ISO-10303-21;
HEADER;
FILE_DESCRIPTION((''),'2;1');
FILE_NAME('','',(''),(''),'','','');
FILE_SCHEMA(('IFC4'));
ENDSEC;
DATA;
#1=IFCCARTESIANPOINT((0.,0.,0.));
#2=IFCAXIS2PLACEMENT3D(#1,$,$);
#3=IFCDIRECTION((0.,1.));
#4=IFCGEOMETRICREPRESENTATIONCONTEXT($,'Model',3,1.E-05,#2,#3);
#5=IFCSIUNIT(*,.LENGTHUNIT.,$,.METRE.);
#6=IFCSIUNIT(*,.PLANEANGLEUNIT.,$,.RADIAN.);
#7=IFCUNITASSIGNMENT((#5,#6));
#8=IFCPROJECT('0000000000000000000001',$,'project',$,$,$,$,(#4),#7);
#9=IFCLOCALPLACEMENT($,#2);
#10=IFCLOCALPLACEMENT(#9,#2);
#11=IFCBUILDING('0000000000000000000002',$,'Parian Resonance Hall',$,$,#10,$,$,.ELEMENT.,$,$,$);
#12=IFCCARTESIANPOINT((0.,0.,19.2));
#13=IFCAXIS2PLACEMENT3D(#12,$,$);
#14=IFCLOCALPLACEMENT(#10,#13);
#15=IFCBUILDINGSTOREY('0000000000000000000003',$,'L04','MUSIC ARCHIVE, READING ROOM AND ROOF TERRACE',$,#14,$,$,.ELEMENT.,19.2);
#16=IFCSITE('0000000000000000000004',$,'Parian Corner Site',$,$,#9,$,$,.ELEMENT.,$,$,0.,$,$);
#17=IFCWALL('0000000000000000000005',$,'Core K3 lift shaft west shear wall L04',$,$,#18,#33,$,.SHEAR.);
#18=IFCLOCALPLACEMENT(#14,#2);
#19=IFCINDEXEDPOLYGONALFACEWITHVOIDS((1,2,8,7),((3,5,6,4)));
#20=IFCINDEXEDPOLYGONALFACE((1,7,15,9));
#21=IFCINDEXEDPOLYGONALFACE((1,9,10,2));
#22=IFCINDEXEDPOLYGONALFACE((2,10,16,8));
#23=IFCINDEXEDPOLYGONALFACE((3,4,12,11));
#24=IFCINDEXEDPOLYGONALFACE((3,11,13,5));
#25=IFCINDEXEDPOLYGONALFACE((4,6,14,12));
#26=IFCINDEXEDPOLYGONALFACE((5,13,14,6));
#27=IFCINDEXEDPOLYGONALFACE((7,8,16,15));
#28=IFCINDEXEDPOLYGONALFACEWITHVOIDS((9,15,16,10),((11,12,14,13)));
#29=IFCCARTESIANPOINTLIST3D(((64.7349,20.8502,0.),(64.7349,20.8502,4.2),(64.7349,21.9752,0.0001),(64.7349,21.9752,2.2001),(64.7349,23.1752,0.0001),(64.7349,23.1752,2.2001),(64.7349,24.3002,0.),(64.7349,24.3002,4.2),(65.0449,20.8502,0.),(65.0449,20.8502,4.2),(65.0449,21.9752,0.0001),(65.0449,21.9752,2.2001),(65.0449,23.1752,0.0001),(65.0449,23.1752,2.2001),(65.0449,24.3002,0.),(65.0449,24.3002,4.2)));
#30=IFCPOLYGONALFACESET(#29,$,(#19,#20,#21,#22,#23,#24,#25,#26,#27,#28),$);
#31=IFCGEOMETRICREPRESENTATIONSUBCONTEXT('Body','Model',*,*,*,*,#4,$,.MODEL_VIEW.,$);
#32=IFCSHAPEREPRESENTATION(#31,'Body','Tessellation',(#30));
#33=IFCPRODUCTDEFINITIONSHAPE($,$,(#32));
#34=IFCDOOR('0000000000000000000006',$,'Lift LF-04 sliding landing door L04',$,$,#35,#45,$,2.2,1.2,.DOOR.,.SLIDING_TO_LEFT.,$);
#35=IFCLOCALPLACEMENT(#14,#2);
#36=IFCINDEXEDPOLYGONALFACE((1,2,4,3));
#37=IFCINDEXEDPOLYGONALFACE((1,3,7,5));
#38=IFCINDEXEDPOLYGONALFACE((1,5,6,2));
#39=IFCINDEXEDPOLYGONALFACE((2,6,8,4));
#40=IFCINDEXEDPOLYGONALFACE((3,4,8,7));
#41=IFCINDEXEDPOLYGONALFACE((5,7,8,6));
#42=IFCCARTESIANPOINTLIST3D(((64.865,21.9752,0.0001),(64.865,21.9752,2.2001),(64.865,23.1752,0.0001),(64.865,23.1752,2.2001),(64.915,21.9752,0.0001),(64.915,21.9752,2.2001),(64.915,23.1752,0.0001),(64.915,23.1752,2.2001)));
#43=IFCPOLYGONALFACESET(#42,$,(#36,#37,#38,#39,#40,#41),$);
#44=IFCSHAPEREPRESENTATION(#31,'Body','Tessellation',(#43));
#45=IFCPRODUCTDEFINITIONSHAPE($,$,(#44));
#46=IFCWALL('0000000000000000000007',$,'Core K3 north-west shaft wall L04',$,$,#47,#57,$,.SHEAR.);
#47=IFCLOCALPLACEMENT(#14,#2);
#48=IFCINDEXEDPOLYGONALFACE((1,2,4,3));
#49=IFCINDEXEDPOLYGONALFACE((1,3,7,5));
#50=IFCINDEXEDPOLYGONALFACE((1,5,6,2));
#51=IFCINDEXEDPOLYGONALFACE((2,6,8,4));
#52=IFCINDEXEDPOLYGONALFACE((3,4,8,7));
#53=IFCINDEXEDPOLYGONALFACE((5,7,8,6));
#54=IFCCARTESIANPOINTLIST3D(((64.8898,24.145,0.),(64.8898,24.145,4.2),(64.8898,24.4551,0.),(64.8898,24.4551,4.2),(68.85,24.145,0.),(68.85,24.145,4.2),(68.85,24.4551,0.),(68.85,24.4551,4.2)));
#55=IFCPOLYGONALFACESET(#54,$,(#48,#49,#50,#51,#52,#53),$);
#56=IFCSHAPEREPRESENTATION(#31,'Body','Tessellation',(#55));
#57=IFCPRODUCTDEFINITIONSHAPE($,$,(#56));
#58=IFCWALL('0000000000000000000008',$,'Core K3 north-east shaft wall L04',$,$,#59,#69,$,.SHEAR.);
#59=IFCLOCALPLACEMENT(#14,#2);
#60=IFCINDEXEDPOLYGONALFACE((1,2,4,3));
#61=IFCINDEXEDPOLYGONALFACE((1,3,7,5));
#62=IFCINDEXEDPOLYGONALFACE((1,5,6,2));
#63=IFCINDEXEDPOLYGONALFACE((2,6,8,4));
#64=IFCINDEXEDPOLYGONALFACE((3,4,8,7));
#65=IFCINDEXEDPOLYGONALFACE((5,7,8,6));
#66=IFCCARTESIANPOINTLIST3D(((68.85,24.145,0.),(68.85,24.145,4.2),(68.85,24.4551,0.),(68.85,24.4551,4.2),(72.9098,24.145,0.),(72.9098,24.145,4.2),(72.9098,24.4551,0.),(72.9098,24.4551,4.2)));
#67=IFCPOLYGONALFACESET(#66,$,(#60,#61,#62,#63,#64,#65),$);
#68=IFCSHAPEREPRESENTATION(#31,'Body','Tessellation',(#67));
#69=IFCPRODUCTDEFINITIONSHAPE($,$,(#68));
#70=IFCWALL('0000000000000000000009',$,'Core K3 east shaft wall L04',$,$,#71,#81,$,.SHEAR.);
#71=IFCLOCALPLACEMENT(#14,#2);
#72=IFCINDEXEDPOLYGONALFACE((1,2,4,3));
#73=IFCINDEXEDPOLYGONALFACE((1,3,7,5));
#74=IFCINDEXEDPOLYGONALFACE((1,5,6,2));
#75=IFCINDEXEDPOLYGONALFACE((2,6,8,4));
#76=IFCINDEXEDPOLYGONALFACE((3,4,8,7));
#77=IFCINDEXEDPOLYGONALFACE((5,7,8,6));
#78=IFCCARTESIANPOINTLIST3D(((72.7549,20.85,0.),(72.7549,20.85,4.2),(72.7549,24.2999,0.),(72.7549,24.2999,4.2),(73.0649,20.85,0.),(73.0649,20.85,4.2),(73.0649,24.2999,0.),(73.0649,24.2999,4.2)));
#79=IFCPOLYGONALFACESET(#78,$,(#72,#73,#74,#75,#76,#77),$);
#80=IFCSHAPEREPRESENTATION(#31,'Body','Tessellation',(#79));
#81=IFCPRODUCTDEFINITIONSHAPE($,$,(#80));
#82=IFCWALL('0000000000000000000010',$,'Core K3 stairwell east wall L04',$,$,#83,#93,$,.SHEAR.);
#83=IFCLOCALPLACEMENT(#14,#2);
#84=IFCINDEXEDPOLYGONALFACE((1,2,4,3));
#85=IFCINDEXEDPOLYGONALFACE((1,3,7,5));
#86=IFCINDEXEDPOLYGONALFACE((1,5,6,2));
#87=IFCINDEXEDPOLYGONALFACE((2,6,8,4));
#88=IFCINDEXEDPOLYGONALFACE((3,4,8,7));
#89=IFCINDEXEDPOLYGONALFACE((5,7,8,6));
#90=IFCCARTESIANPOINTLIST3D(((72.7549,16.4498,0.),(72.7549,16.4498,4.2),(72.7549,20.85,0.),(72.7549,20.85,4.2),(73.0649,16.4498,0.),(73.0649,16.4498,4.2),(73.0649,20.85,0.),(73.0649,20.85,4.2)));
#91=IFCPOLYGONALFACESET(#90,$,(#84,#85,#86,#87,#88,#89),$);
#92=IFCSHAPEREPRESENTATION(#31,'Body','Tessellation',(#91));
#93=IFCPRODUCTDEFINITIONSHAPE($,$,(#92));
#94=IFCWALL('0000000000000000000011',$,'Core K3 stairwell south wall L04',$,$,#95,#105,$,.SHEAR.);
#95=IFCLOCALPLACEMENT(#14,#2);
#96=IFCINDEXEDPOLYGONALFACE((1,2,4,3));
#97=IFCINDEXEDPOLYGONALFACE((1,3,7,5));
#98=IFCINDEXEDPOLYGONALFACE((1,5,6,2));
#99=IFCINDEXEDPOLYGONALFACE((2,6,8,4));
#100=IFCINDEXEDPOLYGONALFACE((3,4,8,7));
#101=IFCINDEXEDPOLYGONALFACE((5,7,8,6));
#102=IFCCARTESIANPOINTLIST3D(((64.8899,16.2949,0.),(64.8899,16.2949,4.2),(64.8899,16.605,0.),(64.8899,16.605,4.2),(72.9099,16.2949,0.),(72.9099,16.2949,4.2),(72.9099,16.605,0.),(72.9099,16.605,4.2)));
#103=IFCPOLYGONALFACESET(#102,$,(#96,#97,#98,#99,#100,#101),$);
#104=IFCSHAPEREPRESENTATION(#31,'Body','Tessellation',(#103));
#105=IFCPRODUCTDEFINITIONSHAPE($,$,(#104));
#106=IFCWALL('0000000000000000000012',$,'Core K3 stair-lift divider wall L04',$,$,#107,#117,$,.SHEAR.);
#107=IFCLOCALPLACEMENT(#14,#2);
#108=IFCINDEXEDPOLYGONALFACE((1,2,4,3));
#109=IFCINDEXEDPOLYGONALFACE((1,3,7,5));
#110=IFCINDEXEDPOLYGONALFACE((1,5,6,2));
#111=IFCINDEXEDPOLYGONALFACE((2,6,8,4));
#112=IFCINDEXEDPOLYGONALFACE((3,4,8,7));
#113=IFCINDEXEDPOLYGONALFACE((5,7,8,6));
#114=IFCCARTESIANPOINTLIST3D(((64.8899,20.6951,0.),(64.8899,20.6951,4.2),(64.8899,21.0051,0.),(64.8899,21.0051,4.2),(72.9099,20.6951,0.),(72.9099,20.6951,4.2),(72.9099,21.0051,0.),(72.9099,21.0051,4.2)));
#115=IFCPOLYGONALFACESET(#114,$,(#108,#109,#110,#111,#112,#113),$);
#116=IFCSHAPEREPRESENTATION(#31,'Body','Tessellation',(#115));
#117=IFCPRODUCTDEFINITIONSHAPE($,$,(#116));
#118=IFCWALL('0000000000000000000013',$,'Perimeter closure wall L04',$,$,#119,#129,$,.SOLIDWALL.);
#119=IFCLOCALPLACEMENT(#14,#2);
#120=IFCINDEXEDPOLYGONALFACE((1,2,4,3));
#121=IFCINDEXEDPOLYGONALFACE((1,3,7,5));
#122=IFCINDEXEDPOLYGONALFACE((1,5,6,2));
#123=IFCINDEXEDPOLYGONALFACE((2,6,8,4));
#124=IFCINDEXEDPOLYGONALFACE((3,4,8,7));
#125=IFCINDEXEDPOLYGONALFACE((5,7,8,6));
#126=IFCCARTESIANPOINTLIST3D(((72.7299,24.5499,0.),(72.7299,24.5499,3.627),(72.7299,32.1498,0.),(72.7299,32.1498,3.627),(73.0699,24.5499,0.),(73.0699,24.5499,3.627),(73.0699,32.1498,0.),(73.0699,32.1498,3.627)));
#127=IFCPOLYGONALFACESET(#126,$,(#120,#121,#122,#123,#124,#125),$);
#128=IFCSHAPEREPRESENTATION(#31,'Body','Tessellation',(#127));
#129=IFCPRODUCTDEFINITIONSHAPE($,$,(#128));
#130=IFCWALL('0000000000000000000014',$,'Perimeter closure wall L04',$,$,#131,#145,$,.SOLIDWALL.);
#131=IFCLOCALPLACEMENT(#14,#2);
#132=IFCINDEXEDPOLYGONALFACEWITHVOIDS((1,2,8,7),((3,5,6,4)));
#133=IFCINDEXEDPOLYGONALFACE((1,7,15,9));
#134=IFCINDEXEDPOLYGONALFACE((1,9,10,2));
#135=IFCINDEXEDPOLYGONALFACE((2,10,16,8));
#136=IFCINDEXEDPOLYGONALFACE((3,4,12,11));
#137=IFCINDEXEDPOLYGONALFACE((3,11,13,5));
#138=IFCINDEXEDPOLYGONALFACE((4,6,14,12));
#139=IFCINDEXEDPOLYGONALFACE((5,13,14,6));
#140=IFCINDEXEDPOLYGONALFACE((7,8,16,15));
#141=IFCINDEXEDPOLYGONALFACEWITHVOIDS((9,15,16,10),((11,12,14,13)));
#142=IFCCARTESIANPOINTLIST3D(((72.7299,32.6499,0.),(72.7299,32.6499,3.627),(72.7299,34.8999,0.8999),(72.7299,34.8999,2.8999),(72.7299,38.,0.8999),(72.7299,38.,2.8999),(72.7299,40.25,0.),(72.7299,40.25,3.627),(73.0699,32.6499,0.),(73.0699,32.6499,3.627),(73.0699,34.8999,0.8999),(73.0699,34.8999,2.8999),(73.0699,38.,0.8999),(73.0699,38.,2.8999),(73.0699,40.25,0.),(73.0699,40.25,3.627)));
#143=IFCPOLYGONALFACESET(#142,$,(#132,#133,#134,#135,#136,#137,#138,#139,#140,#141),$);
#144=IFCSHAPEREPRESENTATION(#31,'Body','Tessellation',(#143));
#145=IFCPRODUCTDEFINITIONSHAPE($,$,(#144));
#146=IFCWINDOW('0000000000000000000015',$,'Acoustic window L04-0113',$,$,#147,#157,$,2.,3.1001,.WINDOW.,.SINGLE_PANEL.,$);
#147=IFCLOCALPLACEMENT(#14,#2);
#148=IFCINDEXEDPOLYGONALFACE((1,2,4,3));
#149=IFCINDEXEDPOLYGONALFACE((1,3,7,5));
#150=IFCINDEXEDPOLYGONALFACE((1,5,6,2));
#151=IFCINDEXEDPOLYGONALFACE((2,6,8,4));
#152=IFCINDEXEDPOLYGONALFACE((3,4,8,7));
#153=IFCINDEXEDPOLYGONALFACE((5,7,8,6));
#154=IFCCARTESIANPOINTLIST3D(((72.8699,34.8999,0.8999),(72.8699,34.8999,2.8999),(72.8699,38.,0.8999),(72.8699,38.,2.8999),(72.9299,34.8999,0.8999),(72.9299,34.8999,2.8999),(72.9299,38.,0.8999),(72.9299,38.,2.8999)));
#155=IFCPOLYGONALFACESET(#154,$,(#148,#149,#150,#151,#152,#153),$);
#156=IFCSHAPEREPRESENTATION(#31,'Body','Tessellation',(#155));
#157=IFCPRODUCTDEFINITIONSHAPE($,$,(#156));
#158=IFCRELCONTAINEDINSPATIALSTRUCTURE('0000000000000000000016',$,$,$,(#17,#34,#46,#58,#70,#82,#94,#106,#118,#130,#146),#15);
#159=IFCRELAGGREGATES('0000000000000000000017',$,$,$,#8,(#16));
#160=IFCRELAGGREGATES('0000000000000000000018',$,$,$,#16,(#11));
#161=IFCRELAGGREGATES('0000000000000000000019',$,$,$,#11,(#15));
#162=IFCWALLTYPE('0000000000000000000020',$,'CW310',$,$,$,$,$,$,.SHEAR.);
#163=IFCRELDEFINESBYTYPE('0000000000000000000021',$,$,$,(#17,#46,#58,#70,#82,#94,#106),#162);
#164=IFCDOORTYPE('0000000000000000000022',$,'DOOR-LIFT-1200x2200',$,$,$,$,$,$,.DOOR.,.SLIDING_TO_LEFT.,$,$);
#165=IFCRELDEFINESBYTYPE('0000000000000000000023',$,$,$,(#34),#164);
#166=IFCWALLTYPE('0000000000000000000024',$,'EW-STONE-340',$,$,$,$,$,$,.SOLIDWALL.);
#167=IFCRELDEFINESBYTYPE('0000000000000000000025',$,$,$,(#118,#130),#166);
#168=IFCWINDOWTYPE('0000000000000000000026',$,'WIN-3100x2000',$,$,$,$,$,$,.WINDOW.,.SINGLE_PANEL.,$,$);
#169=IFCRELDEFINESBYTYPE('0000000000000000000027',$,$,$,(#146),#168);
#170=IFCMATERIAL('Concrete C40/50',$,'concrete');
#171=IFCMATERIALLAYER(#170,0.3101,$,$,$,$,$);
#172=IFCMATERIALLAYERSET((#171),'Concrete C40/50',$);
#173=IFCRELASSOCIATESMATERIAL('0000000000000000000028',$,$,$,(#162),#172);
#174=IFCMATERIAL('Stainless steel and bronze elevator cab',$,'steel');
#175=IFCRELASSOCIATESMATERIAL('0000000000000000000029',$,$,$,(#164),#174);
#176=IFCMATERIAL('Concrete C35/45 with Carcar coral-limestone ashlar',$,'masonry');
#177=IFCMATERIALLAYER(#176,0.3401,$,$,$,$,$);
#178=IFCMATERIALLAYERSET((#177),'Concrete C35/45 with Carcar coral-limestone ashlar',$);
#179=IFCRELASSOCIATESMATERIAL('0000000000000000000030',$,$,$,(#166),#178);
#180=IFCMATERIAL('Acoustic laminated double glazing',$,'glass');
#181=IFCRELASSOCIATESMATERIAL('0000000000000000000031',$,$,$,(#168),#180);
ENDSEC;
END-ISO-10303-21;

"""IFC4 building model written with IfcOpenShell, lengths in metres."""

from ifc_helpers import new_model, si_unit, direction, frame, frame_2d, origin, place, context, subcontext, project, spatial, rectangle, extrude, material, layer, layer_set, type_object, element, fill, save


model = new_model("IFC4")

# Units and contexts
model_context = context("Model", 3, precision=1e-05, world=origin(), true_north=direction((0.0, 1.0)))
body_context = subcontext(model_context, "Body", "Model", "MODEL_VIEW")
ifc_project = project(units=[si_unit("LENGTHUNIT", "METRE"), si_unit("PLANEANGLEUNIT", "RADIAN")], contexts=[model_context])

# Site, building, storey
site_placement = place(None, origin())
site = spatial("IfcSite", under=ifc_project, at=site_placement, Name="Parian Corner Site", CompositionType="ELEMENT", RefElevation=0.0)
building_placement = place(site_placement, origin())
building = spatial("IfcBuilding", under=site, at=building_placement, Name="Parian Resonance Hall", CompositionType="ELEMENT")
storey_placement = place(building_placement, frame((0.0, 0.0, 19.2)))
storey = spatial("IfcBuildingStorey", under=building, at=storey_placement, Name="L04", Description="MUSIC ARCHIVE, READING ROOM AND ROOF TERRACE", CompositionType="ELEMENT", Elevation=19.2)

# Wall, opening, door
ifc_material_1 = material(Name="Concrete C40/50", Category="concrete")
ifc_layer_1 = layer(ifc_material_1, 0.3101)
ifc_layer_set_1 = layer_set([ifc_layer_1], Name="Concrete C40/50")
wall_type_1 = type_object("IfcWallType", Name="CW310", PredefinedType="SHEAR", material=ifc_layer_set_1)
wall_1_placement = place(storey_placement, frame((64.8899, 20.8501, 0.0), z_axis=(0.0, 0.0, 1.0), x_axis=(0.0, 1.0, 0.0)))
wall_1 = element("IfcWall", 1, at=wall_1_placement, inside=storey, type_object=wall_type_1, Name="Core K3 lift shaft west shear wall L04", PredefinedType="SHEAR", context=body_context, shape_type="SweptSolid", body=[
    extrude(rectangle(XDim=3.45, YDim=0.3101, at=frame_2d((1.7251, 0.0))), origin(), (0.0, 0.0, 1.0), 4.2),
])
opening_1_placement = place(wall_1_placement, frame((1.125, 0.0, 0.0)))
opening_1 = element("IfcOpeningElement", 2, at=opening_1_placement, cuts=wall_1, PredefinedType="OPENING", context=body_context, shape_type="SweptSolid", body=[
    extrude(rectangle(XDim=1.2, YDim=2.2, at=frame_2d((0.6001, 1.1001))), frame((0.0, 0.165, 0.0), z_axis=(0.0, -1.0, 0.0), x_axis=(1.0, 0.0, 0.0)), (0.0, 0.0, 1.0), 0.3301),
])
ifc_material_2 = material(Name="Stainless steel and bronze elevator cab", Category="steel")
door_type_1 = type_object("IfcDoorType", Name="DOOR-LIFT-1200x2200", OperationType="SLIDING_TO_LEFT", PredefinedType="DOOR", material=ifc_material_2)
door_1_placement = place(opening_1_placement, origin())
door_1 = element("IfcDoor", 3, at=door_1_placement, inside=storey, type_object=door_type_1, Name="Lift LF-04 sliding landing door L04", OperationType="SLIDING_TO_LEFT", OverallHeight=2.2, OverallWidth=1.2, PredefinedType="DOOR", context=body_context, shape_type="SweptSolid", body=[
    extrude(rectangle(XDim=1.2, YDim=2.2, at=frame_2d((0.6001, 1.1001))), frame((0.0, 0.0249, 0.0), z_axis=(0.0, -1.0, 0.0), x_axis=(1.0, 0.0, 0.0)), (0.0, 0.0, 1.0), 0.05),
])
fill(opening_1, door_1)

# Walls
wall_2_placement = place(storey_placement, frame((64.8899, 24.3, 0.0), z_axis=(0.0, 0.0, 1.0), x_axis=(1.0, 0.0, 0.0)))
element("IfcWall", 4, at=wall_2_placement, inside=storey, type_object=wall_type_1, Name="Core K3 north-west shaft wall L04", PredefinedType="SHEAR", context=body_context, shape_type="SweptSolid", body=[
    extrude(rectangle(XDim=3.9602, YDim=0.3101, at=frame_2d((1.98, 0.0))), origin(), (0.0, 0.0, 1.0), 4.2),
])
wall_3_placement = place(storey_placement, frame((68.8501, 24.3, 0.0), z_axis=(0.0, 0.0, 1.0), x_axis=(1.0, 0.0, 0.0)))
element("IfcWall", 5, at=wall_3_placement, inside=storey, type_object=wall_type_1, Name="Core K3 north-east shaft wall L04", PredefinedType="SHEAR", context=body_context, shape_type="SweptSolid", body=[
    extrude(rectangle(XDim=4.0598, YDim=0.3101, at=frame_2d((2.0298, 0.0))), origin(), (0.0, 0.0, 1.0), 4.2),
])
wall_4_placement = place(storey_placement, frame((72.9099, 24.3, 0.0), z_axis=(0.0, 0.0, 1.0), x_axis=(0.0, -1.0, 0.0)))
element("IfcWall", 6, at=wall_4_placement, inside=storey, type_object=wall_type_1, Name="Core K3 east shaft wall L04", PredefinedType="SHEAR", context=body_context, shape_type="SweptSolid", body=[
    extrude(rectangle(XDim=3.45, YDim=0.3101, at=frame_2d((1.7251, 0.0))), origin(), (0.0, 0.0, 1.0), 4.2),
])
wall_5_placement = place(storey_placement, frame((72.9099, 20.8501, 0.0), z_axis=(0.0, 0.0, 1.0), x_axis=(0.0, -1.0, 0.0)))
element("IfcWall", 7, at=wall_5_placement, inside=storey, type_object=wall_type_1, Name="Core K3 stairwell east wall L04", PredefinedType="SHEAR", context=body_context, shape_type="SweptSolid", body=[
    extrude(rectangle(XDim=4.4001, YDim=0.3101, at=frame_2d((2.2002, 0.0))), origin(), (0.0, 0.0, 1.0), 4.2),
])
for number, where, z_axis, x_axis, name in (
    (8, (72.9099, 16.45, 0.0), (0.0, 0.0, 1.0), (-1.0, 0.0, 0.0), "Core K3 stairwell south wall L04"),
    (9, (64.8899, 20.8501, 0.0), (0.0, 0.0, 1.0), (1.0, 0.0, 0.0), "Core K3 stair-lift divider wall L04"),
):
    element("IfcWall", number, at=place(storey_placement, frame(where, z_axis=z_axis, x_axis=x_axis)), inside=storey, type_object=wall_type_1, Name=name, PredefinedType="SHEAR", context=body_context, shape_type="SweptSolid", body=[
        extrude(rectangle(XDim=8.02, YDim=0.3101, at=frame_2d((4.01, 0.0))), origin(), (0.0, 0.0, 1.0), 4.2),
    ])
ifc_material_3 = material(Name="Concrete C35/45 with Carcar coral-limestone ashlar", Category="masonry")
ifc_layer_2 = layer(ifc_material_3, 0.3401)
ifc_layer_set_2 = layer_set([ifc_layer_2], Name="Concrete C35/45 with Carcar coral-limestone ashlar")
wall_type_2 = type_object("IfcWallType", Name="EW-STONE-340", PredefinedType="SOLIDWALL", material=ifc_layer_set_2)
wall_6_placement = place(storey_placement, frame((72.8999, 24.55, 0.0), z_axis=(0.0, 0.0, 1.0), x_axis=(0.0, 1.0, 0.0)))
element("IfcWall", 10, at=wall_6_placement, inside=storey, type_object=wall_type_2, Name="Perimeter closure wall L04", PredefinedType="SOLIDWALL", context=body_context, shape_type="SweptSolid", body=[
    extrude(rectangle(XDim=7.5999, YDim=0.3401, at=frame_2d((3.7998, 0.0))), origin(), (0.0, 0.0, 1.0), 3.627),
])

# Wall, opening, window
wall_7_placement = place(storey_placement, frame((72.8999, 32.6499, 0.0), z_axis=(0.0, 0.0, 1.0), x_axis=(0.0, 1.0, 0.0)))
wall_7 = element("IfcWall", 11, at=wall_7_placement, inside=storey, type_object=wall_type_2, Name="Perimeter closure wall L04", PredefinedType="SOLIDWALL", context=body_context, shape_type="SweptSolid", body=[
    extrude(rectangle(XDim=7.6001, YDim=0.3401, at=frame_2d((3.8, 0.0))), origin(), (0.0, 0.0, 1.0), 3.627),
])
opening_2_placement = place(wall_7_placement, frame((2.25, 0.0, 0.8999)))
opening_2 = element("IfcOpeningElement", 12, at=opening_2_placement, cuts=wall_7, PredefinedType="OPENING", context=body_context, shape_type="SweptSolid", body=[
    extrude(rectangle(XDim=3.1001, YDim=2.0, at=frame_2d((1.55, 1.0))), frame((0.0, 0.1799, 0.0), z_axis=(0.0, -1.0, 0.0), x_axis=(1.0, 0.0, 0.0)), (0.0, 0.0, 1.0), 0.3601),
])
ifc_material_4 = material(Name="Acoustic laminated double glazing", Category="glass")
window_type_1 = type_object("IfcWindowType", Name="WIN-3100x2000", PartitioningType="SINGLE_PANEL", PredefinedType="WINDOW", material=ifc_material_4)
window_1_placement = place(opening_2_placement, origin())
window_1 = element("IfcWindow", 13, at=window_1_placement, inside=storey, type_object=window_type_1, Name="Acoustic window L04-0113", OverallHeight=2.0, OverallWidth=3.1001, PartitioningType="SINGLE_PANEL", PredefinedType="WINDOW", context=body_context, shape_type="SweptSolid", body=[
    extrude(rectangle(XDim=3.1001, YDim=2.0, at=frame_2d((1.55, 1.0))), frame((0.0, 0.03, 0.0), z_axis=(0.0, -1.0, 0.0), x_axis=(1.0, 0.0, 0.0)), (0.0, 0.0, 1.0), 0.0601),
])
fill(opening_2, window_1)

save(model, "model.ifc")
